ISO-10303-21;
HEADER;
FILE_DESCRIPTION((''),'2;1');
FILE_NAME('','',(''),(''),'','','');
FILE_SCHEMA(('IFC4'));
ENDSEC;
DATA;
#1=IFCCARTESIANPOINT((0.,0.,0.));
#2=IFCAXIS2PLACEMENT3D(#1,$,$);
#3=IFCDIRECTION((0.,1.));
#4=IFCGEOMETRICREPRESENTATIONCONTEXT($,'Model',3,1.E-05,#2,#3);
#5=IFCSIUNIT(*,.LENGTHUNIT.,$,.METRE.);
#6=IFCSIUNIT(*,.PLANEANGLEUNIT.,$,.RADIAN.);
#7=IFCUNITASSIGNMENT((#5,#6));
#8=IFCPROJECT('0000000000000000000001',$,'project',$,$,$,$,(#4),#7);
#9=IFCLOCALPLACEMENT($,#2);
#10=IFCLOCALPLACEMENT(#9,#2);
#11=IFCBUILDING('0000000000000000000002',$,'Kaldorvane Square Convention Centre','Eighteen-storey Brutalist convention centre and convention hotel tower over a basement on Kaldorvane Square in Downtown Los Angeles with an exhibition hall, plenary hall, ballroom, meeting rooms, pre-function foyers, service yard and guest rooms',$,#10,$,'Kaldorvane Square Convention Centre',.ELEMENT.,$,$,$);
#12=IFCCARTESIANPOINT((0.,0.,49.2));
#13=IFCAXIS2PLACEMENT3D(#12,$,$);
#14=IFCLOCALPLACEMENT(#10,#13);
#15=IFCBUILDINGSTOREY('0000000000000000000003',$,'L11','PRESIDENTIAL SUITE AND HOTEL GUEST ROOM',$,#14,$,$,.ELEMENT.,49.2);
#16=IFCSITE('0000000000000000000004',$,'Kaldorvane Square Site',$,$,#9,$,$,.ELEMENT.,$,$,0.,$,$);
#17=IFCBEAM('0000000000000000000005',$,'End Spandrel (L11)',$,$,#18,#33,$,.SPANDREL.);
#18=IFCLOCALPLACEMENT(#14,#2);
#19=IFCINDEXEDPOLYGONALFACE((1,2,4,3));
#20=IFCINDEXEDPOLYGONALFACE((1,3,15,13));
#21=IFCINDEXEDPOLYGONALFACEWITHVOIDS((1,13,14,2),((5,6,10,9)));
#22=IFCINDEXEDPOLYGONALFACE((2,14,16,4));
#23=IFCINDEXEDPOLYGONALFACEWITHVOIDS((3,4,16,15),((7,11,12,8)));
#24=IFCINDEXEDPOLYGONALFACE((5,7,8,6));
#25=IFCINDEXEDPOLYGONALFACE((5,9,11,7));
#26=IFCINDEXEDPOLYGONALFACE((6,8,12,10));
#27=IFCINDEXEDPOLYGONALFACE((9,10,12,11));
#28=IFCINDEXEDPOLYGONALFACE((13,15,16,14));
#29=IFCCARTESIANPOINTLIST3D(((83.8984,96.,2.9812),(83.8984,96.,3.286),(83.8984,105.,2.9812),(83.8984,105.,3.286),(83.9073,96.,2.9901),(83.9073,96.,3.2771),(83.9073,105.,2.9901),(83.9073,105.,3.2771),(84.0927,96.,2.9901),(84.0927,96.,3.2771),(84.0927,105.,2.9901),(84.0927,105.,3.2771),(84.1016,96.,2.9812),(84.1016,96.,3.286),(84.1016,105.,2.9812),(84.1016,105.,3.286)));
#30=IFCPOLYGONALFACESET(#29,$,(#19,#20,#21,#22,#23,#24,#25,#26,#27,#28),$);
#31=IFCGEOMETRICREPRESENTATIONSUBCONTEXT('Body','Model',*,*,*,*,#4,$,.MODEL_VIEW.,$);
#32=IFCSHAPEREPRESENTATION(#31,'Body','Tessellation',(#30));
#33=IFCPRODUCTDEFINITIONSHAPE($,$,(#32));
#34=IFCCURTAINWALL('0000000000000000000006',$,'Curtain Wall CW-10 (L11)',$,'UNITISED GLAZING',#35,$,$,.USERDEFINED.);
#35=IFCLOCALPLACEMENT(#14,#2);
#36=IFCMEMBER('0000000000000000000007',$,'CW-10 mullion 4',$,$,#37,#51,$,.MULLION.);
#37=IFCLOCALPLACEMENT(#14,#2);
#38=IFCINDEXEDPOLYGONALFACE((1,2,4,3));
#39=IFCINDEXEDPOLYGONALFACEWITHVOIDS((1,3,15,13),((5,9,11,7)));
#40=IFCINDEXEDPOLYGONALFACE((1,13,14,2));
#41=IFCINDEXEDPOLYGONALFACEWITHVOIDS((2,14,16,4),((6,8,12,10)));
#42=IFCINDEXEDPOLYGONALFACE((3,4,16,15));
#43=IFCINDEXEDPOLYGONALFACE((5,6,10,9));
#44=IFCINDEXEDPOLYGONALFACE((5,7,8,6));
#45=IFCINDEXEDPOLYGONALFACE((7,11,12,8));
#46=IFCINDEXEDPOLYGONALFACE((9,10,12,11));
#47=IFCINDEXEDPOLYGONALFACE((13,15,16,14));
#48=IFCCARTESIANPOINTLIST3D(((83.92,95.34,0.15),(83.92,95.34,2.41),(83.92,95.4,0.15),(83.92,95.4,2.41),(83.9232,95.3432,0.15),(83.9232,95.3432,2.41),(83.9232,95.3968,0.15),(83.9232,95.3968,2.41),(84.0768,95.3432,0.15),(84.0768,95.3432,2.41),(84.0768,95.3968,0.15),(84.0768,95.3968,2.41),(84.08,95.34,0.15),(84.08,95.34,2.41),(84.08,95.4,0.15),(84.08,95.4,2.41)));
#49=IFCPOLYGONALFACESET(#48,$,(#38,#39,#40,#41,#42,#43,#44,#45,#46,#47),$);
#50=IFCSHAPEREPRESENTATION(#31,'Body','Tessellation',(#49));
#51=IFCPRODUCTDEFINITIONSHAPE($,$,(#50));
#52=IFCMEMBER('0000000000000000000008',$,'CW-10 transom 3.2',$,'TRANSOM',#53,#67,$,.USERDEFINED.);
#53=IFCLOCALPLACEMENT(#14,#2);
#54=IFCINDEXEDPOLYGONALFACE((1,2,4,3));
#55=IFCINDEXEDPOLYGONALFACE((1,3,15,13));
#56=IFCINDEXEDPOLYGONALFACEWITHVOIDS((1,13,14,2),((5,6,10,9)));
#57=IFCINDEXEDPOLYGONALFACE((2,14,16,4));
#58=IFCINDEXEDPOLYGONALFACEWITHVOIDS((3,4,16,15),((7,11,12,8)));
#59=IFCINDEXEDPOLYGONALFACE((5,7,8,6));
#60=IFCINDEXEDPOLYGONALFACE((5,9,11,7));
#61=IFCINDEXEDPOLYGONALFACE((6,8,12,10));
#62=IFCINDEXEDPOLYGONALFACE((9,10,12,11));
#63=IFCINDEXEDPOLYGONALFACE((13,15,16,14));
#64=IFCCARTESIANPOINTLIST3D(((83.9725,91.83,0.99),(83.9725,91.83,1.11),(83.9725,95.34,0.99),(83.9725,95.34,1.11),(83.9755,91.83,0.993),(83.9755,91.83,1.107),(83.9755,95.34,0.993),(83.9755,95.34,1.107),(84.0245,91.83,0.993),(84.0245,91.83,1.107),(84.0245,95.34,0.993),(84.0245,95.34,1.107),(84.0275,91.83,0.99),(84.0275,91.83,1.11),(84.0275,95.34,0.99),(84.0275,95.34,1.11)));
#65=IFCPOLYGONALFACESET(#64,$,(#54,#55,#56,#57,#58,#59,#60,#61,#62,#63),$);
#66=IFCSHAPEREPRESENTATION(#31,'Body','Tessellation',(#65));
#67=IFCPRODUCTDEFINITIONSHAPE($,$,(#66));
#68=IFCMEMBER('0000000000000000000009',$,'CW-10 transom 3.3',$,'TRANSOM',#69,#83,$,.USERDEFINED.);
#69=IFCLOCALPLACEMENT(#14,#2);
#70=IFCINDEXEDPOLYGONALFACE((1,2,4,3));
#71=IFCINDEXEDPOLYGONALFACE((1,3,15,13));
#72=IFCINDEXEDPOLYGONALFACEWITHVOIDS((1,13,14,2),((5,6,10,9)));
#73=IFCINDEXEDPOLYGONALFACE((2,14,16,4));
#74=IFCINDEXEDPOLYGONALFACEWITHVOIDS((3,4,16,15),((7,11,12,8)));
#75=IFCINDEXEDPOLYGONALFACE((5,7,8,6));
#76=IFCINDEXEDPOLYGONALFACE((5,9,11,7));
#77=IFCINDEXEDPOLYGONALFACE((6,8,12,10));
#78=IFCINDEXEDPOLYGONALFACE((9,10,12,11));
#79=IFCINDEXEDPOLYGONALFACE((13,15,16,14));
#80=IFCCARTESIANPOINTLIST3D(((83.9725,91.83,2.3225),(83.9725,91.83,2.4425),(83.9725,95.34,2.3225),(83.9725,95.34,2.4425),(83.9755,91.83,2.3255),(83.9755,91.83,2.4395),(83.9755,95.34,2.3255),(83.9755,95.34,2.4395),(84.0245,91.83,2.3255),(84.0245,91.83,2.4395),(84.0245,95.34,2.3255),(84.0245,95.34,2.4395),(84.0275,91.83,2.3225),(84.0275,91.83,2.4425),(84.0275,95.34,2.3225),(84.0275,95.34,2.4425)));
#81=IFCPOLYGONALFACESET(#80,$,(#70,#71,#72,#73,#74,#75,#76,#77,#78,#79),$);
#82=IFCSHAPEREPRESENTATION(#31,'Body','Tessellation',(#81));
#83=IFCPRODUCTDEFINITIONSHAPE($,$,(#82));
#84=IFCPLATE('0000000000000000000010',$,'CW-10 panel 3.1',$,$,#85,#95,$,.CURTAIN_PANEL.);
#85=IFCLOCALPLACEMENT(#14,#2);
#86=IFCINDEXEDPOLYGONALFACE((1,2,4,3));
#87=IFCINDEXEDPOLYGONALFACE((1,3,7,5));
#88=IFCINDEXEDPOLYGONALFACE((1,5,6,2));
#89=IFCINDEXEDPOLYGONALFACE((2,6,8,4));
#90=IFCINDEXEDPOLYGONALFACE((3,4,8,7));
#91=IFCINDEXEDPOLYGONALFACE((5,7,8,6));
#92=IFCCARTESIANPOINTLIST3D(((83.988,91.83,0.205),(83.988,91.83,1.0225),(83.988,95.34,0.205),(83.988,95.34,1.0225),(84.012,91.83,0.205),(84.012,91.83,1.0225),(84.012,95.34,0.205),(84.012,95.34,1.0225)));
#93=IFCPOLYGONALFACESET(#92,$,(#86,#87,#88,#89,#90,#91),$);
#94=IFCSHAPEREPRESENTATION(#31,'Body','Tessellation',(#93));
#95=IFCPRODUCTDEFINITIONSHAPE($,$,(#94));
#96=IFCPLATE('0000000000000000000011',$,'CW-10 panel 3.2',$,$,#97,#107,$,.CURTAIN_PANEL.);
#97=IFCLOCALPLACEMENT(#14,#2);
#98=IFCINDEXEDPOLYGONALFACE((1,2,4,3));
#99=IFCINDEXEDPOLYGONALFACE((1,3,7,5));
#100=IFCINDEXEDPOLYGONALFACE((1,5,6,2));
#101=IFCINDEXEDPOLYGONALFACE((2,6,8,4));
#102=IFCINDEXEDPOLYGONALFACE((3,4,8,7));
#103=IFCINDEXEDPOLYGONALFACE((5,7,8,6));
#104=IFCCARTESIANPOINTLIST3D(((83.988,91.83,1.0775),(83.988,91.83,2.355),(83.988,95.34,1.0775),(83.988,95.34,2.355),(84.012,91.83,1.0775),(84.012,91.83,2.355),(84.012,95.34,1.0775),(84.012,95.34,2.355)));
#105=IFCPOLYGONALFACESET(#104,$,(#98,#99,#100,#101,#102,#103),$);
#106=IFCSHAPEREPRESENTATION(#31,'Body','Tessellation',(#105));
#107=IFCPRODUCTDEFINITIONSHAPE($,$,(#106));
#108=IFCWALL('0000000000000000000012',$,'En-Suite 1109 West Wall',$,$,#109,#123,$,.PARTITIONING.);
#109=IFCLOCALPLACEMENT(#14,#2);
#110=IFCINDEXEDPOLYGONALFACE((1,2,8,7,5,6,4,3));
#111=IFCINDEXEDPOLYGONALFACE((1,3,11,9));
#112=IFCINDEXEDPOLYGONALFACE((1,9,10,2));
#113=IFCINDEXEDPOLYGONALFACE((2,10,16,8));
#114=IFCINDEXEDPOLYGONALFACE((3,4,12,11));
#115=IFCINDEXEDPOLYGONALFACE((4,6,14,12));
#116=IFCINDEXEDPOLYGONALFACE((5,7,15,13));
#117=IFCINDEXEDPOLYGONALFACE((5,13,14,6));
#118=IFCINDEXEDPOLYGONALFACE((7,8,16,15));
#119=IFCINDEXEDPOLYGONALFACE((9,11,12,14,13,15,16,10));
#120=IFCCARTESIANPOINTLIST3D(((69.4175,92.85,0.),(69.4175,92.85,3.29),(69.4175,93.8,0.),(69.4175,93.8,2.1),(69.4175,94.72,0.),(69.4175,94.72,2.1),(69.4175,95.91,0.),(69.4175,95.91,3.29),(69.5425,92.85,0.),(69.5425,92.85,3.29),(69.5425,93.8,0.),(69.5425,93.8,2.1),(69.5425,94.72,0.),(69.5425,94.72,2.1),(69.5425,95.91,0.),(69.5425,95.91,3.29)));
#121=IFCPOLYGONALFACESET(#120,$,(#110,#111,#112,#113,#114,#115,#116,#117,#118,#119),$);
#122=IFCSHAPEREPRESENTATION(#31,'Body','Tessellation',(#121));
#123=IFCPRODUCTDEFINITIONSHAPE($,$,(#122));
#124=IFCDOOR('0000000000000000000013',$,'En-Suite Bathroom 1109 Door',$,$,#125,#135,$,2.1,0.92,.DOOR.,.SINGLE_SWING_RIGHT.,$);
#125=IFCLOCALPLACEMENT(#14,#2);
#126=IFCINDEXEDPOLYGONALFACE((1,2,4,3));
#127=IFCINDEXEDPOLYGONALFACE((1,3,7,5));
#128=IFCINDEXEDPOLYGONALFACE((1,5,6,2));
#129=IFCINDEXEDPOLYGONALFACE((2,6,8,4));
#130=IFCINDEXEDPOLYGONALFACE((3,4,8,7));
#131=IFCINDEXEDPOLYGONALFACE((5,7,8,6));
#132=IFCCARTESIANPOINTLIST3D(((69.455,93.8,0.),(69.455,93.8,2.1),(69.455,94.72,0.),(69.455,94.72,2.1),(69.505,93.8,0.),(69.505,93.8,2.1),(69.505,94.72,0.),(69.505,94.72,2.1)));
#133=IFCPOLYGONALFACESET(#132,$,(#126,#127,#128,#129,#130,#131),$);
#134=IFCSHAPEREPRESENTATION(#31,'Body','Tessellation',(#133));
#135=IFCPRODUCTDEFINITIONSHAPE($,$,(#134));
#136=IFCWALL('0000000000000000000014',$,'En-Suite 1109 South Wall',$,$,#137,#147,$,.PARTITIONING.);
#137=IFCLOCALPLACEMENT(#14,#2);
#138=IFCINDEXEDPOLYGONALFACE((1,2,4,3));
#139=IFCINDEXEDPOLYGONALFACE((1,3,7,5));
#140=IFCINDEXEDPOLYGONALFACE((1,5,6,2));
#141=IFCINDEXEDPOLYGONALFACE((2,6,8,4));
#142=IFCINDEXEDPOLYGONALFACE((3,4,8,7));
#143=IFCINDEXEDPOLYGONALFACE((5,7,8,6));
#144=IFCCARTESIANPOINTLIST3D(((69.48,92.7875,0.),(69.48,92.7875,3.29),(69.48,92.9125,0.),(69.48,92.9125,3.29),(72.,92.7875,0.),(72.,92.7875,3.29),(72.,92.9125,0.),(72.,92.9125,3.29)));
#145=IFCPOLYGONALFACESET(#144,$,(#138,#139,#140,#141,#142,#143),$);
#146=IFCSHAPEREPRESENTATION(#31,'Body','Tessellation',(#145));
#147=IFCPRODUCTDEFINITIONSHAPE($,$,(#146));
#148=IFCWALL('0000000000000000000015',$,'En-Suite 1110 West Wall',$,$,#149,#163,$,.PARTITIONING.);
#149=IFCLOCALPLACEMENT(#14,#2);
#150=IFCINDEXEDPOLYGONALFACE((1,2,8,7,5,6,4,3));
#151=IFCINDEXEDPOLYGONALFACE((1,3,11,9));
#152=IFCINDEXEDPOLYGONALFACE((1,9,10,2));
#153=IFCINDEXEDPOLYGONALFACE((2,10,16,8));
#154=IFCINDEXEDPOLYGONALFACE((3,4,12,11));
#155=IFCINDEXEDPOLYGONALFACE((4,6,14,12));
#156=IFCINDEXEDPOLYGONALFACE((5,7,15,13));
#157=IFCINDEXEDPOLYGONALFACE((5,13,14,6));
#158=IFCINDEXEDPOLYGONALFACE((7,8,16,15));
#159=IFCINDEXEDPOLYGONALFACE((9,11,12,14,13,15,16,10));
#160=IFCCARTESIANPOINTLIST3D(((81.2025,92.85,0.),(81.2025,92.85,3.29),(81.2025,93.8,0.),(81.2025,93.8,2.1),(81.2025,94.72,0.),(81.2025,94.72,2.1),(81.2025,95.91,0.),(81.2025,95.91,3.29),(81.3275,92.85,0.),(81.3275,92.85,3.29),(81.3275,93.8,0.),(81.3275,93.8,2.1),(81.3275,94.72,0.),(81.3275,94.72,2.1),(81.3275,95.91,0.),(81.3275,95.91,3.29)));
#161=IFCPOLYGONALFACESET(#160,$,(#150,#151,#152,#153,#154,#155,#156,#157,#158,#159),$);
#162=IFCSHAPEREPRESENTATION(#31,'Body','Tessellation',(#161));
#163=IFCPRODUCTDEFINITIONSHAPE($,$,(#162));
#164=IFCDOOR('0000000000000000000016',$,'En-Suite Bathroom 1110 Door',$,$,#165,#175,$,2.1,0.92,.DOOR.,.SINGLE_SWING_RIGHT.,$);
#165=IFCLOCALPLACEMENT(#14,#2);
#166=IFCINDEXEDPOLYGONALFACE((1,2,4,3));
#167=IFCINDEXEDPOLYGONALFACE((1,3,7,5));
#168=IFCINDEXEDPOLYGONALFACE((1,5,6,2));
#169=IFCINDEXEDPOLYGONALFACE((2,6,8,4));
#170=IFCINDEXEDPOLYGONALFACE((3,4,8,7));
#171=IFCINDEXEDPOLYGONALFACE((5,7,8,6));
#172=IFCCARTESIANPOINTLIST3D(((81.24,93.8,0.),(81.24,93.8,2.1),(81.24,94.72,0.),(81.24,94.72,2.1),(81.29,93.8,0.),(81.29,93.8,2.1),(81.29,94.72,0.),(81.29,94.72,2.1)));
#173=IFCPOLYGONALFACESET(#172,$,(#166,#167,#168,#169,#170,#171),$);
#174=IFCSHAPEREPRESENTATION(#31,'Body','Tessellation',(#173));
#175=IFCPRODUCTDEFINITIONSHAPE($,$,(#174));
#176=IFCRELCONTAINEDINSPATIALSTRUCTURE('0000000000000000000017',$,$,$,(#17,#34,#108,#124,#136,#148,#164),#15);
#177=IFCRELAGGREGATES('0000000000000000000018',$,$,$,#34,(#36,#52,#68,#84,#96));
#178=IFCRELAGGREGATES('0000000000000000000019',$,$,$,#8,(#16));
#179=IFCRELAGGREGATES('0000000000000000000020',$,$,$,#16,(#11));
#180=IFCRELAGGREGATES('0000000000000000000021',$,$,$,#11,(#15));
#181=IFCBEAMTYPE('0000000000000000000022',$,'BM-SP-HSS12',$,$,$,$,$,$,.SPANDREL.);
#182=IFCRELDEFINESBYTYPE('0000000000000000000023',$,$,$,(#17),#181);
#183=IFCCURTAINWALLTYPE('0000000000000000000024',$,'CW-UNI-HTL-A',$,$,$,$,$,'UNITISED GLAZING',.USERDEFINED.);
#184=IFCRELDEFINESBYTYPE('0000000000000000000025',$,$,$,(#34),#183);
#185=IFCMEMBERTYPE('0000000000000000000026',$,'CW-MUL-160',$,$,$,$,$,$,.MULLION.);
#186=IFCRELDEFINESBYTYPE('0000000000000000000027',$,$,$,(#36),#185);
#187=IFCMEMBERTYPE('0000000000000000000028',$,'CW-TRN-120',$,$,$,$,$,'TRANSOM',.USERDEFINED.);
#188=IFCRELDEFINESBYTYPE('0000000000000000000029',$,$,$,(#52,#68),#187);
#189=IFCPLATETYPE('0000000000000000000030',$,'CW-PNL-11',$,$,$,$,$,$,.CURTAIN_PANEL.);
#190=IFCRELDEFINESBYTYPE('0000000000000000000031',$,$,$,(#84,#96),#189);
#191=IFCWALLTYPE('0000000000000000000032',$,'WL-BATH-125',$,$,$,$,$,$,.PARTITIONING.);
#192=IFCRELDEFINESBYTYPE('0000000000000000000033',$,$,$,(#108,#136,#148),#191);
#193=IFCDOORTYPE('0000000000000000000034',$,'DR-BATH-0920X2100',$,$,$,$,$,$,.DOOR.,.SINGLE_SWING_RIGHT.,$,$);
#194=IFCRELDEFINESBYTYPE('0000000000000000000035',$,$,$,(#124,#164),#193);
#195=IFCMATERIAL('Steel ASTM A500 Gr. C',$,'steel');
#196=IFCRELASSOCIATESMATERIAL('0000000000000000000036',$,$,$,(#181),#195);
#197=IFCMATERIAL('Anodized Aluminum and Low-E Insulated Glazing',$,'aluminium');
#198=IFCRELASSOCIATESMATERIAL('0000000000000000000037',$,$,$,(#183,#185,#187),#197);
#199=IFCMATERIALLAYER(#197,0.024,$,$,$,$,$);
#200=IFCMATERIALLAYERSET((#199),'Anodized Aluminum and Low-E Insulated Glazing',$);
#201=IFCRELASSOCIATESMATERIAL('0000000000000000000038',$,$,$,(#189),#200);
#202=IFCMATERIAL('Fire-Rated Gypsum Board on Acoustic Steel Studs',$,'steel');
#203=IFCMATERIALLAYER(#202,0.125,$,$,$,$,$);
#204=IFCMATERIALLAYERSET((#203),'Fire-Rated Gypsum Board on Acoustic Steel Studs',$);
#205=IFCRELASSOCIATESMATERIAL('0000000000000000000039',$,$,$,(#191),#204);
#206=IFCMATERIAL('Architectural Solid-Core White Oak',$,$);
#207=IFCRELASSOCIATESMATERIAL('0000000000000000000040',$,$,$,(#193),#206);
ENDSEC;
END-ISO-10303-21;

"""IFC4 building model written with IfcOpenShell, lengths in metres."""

from ifc_helpers import new_model, si_unit, direction, frame, frame_2d, origin, origin_2d, place, context, subcontext, project, spatial, rectangle, hollow_rectangle, extrude, material, layer, layer_set, material_profile, profile_set, type_object, element, fill, aggregate, save


model = new_model("IFC4")

# Units and contexts
model_context = context("Model", 3, precision=1e-05, world=origin(), true_north=direction((0.0, 1.0)))
body_context = subcontext(model_context, "Body", "Model", "MODEL_VIEW")
ifc_project = project(units=[si_unit("LENGTHUNIT", "METRE"), si_unit("PLANEANGLEUNIT", "RADIAN")], contexts=[model_context])

# Site, building, storey
site_placement = place(None, origin())
site = spatial("IfcSite", under=ifc_project, at=site_placement, Name="Kaldorvane Square Site", CompositionType="ELEMENT", RefElevation=0.0)
building_placement = place(site_placement, origin())
building = spatial("IfcBuilding", under=site, at=building_placement, Name="Kaldorvane Square Convention Centre", Description="Eighteen-storey Brutalist convention centre and convention hotel tower over a basement on Kaldorvane Square in Downtown Los Angeles with an exhibition hall, plenary hall, ballroom, meeting rooms, pre-function foyers, service yard and guest rooms", LongName="Kaldorvane Square Convention Centre", CompositionType="ELEMENT")
storey_placement = place(building_placement, frame((0.0, 0.0, 49.2)))
storey = spatial("IfcBuildingStorey", under=building, at=storey_placement, Name="L11", Description="PRESIDENTIAL SUITE AND HOTEL GUEST ROOM", CompositionType="ELEMENT", Elevation=49.2)

# Beam
ifc_material_1 = material(Name="Steel ASTM A500 Gr. C", Category="steel")
ifc_material_profile_1 = material_profile(ifc_material_1, hollow_rectangle(XDim=0.2032, YDim=0.3048, WallThickness=0.0089, at=origin_2d()), Name="HSS12X8X3/8")
ifc_profile_set_1 = profile_set([ifc_material_profile_1], Name="Steel ASTM A500 Gr. C")
beam_type_1 = type_object("IfcBeamType", Name="BM-SP-HSS12", PredefinedType="SPANDREL", material=ifc_profile_set_1)
beam_1_placement = place(storey_placement, frame((84.0, 96.0, 3.1336), z_axis=(0.0, 1.0, 0.0), x_axis=(-1.0, 0.0, 0.0)))
element("IfcBeam", 1, at=beam_1_placement, inside=storey, type_object=beam_type_1, Name="End Spandrel (L11)", PredefinedType="SPANDREL", context=body_context, shape_type="SweptSolid", body=[
    extrude(hollow_rectangle(XDim=0.2032, YDim=0.3048, WallThickness=0.0089, at=origin_2d()), origin(), (0.0, 0.0, 1.0), 9.0),
])

# Curtain wall, members, plates
ifc_material_2 = material(Name="Anodized Aluminum and Low-E Insulated Glazing", Category="aluminium")
curtain_wall_type = type_object("IfcCurtainWallType", Name="CW-UNI-HTL-A", ElementType="UNITISED GLAZING", PredefinedType="USERDEFINED", material=ifc_material_2)
curtain_wall_placement = place(storey_placement, origin())
curtain_wall = element("IfcCurtainWall", 2, at=curtain_wall_placement, inside=storey, type_object=curtain_wall_type, Name="Curtain Wall CW-10 (L11)", ObjectType="UNITISED GLAZING", PredefinedType="USERDEFINED")
ifc_material_profile_2 = material_profile(ifc_material_2, hollow_rectangle(XDim=0.06, YDim=0.16, WallThickness=0.0032, at=origin_2d()), Name="CWM-160X60")
ifc_profile_set_2 = profile_set([ifc_material_profile_2], Name="Anodized Aluminum and Low-E Insulated Glazing")
member_type_1 = type_object("IfcMemberType", Name="CW-MUL-160", PredefinedType="MULLION", material=ifc_profile_set_2)
member_1_placement = place(storey_placement, frame((84.0, 95.37, 0.15), z_axis=(0.0, 0.0, 1.0), x_axis=(0.0, 1.0, 0.0)))
member_1 = element("IfcMember", 3, at=member_1_placement, type_object=member_type_1, Name="CW-10 mullion 4", PredefinedType="MULLION", context=body_context, shape_type="SweptSolid", body=[
    extrude(hollow_rectangle(XDim=0.06, YDim=0.16, WallThickness=0.0032, at=origin_2d()), origin(), (0.0, 0.0, 1.0), 2.26),
])
ifc_material_profile_3 = material_profile(ifc_material_2, hollow_rectangle(XDim=0.055, YDim=0.12, WallThickness=0.003, at=origin_2d()), Name="CWT-120X55")
ifc_profile_set_3 = profile_set([ifc_material_profile_3], Name="Anodized Aluminum and Low-E Insulated Glazing")
member_type_2 = type_object("IfcMemberType", Name="CW-TRN-120", ElementType="TRANSOM", PredefinedType="USERDEFINED", material=ifc_profile_set_3)
member_2_placement = place(storey_placement, frame((84.0, 91.83, 1.05), z_axis=(0.0, 1.0, 0.0), x_axis=(-1.0, 0.0, 0.0)))
member_2 = element("IfcMember", 4, at=member_2_placement, type_object=member_type_2, Name="CW-10 transom 3.2", ObjectType="TRANSOM", PredefinedType="USERDEFINED", context=body_context, shape_type="SweptSolid", body=[
    extrude(hollow_rectangle(XDim=0.055, YDim=0.12, WallThickness=0.003, at=origin_2d()), origin(), (0.0, 0.0, 1.0), 3.51),
])
member_3_placement = place(storey_placement, frame((84.0, 91.83, 2.3825), z_axis=(0.0, 1.0, 0.0), x_axis=(-1.0, 0.0, 0.0)))
member_3 = element("IfcMember", 5, at=member_3_placement, type_object=member_type_2, Name="CW-10 transom 3.3", ObjectType="TRANSOM", PredefinedType="USERDEFINED", context=body_context, shape_type="SweptSolid", body=[
    extrude(hollow_rectangle(XDim=0.055, YDim=0.12, WallThickness=0.003, at=origin_2d()), origin(), (0.0, 0.0, 1.0), 3.51),
])
ifc_layer_1 = layer(ifc_material_2, 0.024)
ifc_layer_set_1 = layer_set([ifc_layer_1], Name="Anodized Aluminum and Low-E Insulated Glazing")
plate_type = type_object("IfcPlateType", Name="CW-PNL-11", PredefinedType="CURTAIN_PANEL", material=ifc_layer_set_1)
plate_1_placement = place(storey_placement, frame((84.0, 93.585, 0.205), z_axis=(0.0, 0.0, 1.0), x_axis=(0.0, 1.0, 0.0)))
plate_1 = element("IfcPlate", 6, at=plate_1_placement, type_object=plate_type, Name="CW-10 panel 3.1", PredefinedType="CURTAIN_PANEL", context=body_context, shape_type="SweptSolid", body=[
    extrude(rectangle(XDim=3.51, YDim=0.024, at=origin_2d()), origin(), (0.0, 0.0, 1.0), 0.8175),
])
plate_2_placement = place(storey_placement, frame((84.0, 93.585, 1.0775), z_axis=(0.0, 0.0, 1.0), x_axis=(0.0, 1.0, 0.0)))
plate_2 = element("IfcPlate", 7, at=plate_2_placement, type_object=plate_type, Name="CW-10 panel 3.2", PredefinedType="CURTAIN_PANEL", context=body_context, shape_type="SweptSolid", body=[
    extrude(rectangle(XDim=3.51, YDim=0.024, at=origin_2d()), origin(), (0.0, 0.0, 1.0), 1.2775),
])
aggregate(curtain_wall, [member_1, member_2, member_3, plate_1, plate_2])

# Wall, opening, door
ifc_material_3 = material(Name="Fire-Rated Gypsum Board on Acoustic Steel Studs", Category="steel")
ifc_layer_2 = layer(ifc_material_3, 0.125)
ifc_layer_set_2 = layer_set([ifc_layer_2], Name="Fire-Rated Gypsum Board on Acoustic Steel Studs")
wall_type_1 = type_object("IfcWallType", Name="WL-BATH-125", PredefinedType="PARTITIONING", material=ifc_layer_set_2)
wall_1_placement = place(storey_placement, frame((69.48, 92.85, 0.0), z_axis=(0.0, 0.0, 1.0), x_axis=(0.0, 1.0, 0.0)))
wall_1 = element("IfcWall", 8, at=wall_1_placement, inside=storey, type_object=wall_type_1, Name="En-Suite 1109 West Wall", PredefinedType="PARTITIONING", context=body_context, shape_type="SweptSolid", body=[
    extrude(rectangle(XDim=3.06, YDim=0.125, at=frame_2d((1.53, 0.0))), origin(), (0.0, 0.0, 1.0), 3.29),
])
opening_1_placement = place(wall_1_placement, frame((0.95, 0.0, 0.0)))
opening_1 = element("IfcOpeningElement", 9, at=opening_1_placement, cuts=wall_1, PredefinedType="OPENING", context=body_context, shape_type="SweptSolid", body=[
    extrude(rectangle(XDim=0.92, YDim=2.1, at=frame_2d((0.46, 1.05))), frame((0.0, 0.0775, 0.0), z_axis=(0.0, -1.0, 0.0), x_axis=(1.0, 0.0, 0.0)), (0.0, 0.0, 1.0), 0.155),
])
ifc_material_4 = material(Name="Architectural Solid-Core White Oak")
door_type_1 = type_object("IfcDoorType", Name="DR-BATH-0920X2100", OperationType="SINGLE_SWING_RIGHT", PredefinedType="DOOR", material=ifc_material_4)
door_1_placement = place(opening_1_placement, origin())
door_1 = element("IfcDoor", 10, at=door_1_placement, inside=storey, type_object=door_type_1, Name="En-Suite Bathroom 1109 Door", OperationType="SINGLE_SWING_RIGHT", OverallHeight=2.1, OverallWidth=0.92, PredefinedType="DOOR", context=body_context, shape_type="SweptSolid", body=[
    extrude(rectangle(XDim=0.92, YDim=2.1, at=frame_2d((0.46, 1.05))), frame((0.0, 0.025, 0.0), z_axis=(0.0, -1.0, 0.0), x_axis=(1.0, 0.0, 0.0)), (0.0, 0.0, 1.0), 0.05),
])
fill(opening_1, door_1)

# Wall
wall_2_placement = place(storey_placement, frame((69.48, 92.85, 0.0), z_axis=(0.0, 0.0, 1.0), x_axis=(1.0, 0.0, 0.0)))
element("IfcWall", 11, at=wall_2_placement, inside=storey, type_object=wall_type_1, Name="En-Suite 1109 South Wall", PredefinedType="PARTITIONING", context=body_context, shape_type="SweptSolid", body=[
    extrude(rectangle(XDim=2.52, YDim=0.125, at=frame_2d((1.26, 0.0))), origin(), (0.0, 0.0, 1.0), 3.29),
])

# Wall, opening, door
wall_3_placement = place(storey_placement, frame((81.265, 92.85, 0.0), z_axis=(0.0, 0.0, 1.0), x_axis=(0.0, 1.0, 0.0)))
wall_3 = element("IfcWall", 12, at=wall_3_placement, inside=storey, type_object=wall_type_1, Name="En-Suite 1110 West Wall", PredefinedType="PARTITIONING", context=body_context, shape_type="SweptSolid", body=[
    extrude(rectangle(XDim=3.06, YDim=0.125, at=frame_2d((1.53, 0.0))), origin(), (0.0, 0.0, 1.0), 3.29),
])
opening_2_placement = place(wall_3_placement, frame((0.95, 0.0, 0.0)))
opening_2 = element("IfcOpeningElement", 13, at=opening_2_placement, cuts=wall_3, PredefinedType="OPENING", context=body_context, shape_type="SweptSolid", body=[
    extrude(rectangle(XDim=0.92, YDim=2.1, at=frame_2d((0.46, 1.05))), frame((0.0, 0.0775, 0.0), z_axis=(0.0, -1.0, 0.0), x_axis=(1.0, 0.0, 0.0)), (0.0, 0.0, 1.0), 0.155),
])
door_2_placement = place(opening_2_placement, origin())
door_2 = element("IfcDoor", 14, at=door_2_placement, inside=storey, type_object=door_type_1, Name="En-Suite Bathroom 1110 Door", OperationType="SINGLE_SWING_RIGHT", OverallHeight=2.1, OverallWidth=0.92, PredefinedType="DOOR", context=body_context, shape_type="SweptSolid", body=[
    extrude(rectangle(XDim=0.92, YDim=2.1, at=frame_2d((0.46, 1.05))), frame((0.0, 0.025, 0.0), z_axis=(0.0, -1.0, 0.0), x_axis=(1.0, 0.0, 0.0)), (0.0, 0.0, 1.0), 0.05),
])
fill(opening_2, door_2)

save(model, "model.ifc")
